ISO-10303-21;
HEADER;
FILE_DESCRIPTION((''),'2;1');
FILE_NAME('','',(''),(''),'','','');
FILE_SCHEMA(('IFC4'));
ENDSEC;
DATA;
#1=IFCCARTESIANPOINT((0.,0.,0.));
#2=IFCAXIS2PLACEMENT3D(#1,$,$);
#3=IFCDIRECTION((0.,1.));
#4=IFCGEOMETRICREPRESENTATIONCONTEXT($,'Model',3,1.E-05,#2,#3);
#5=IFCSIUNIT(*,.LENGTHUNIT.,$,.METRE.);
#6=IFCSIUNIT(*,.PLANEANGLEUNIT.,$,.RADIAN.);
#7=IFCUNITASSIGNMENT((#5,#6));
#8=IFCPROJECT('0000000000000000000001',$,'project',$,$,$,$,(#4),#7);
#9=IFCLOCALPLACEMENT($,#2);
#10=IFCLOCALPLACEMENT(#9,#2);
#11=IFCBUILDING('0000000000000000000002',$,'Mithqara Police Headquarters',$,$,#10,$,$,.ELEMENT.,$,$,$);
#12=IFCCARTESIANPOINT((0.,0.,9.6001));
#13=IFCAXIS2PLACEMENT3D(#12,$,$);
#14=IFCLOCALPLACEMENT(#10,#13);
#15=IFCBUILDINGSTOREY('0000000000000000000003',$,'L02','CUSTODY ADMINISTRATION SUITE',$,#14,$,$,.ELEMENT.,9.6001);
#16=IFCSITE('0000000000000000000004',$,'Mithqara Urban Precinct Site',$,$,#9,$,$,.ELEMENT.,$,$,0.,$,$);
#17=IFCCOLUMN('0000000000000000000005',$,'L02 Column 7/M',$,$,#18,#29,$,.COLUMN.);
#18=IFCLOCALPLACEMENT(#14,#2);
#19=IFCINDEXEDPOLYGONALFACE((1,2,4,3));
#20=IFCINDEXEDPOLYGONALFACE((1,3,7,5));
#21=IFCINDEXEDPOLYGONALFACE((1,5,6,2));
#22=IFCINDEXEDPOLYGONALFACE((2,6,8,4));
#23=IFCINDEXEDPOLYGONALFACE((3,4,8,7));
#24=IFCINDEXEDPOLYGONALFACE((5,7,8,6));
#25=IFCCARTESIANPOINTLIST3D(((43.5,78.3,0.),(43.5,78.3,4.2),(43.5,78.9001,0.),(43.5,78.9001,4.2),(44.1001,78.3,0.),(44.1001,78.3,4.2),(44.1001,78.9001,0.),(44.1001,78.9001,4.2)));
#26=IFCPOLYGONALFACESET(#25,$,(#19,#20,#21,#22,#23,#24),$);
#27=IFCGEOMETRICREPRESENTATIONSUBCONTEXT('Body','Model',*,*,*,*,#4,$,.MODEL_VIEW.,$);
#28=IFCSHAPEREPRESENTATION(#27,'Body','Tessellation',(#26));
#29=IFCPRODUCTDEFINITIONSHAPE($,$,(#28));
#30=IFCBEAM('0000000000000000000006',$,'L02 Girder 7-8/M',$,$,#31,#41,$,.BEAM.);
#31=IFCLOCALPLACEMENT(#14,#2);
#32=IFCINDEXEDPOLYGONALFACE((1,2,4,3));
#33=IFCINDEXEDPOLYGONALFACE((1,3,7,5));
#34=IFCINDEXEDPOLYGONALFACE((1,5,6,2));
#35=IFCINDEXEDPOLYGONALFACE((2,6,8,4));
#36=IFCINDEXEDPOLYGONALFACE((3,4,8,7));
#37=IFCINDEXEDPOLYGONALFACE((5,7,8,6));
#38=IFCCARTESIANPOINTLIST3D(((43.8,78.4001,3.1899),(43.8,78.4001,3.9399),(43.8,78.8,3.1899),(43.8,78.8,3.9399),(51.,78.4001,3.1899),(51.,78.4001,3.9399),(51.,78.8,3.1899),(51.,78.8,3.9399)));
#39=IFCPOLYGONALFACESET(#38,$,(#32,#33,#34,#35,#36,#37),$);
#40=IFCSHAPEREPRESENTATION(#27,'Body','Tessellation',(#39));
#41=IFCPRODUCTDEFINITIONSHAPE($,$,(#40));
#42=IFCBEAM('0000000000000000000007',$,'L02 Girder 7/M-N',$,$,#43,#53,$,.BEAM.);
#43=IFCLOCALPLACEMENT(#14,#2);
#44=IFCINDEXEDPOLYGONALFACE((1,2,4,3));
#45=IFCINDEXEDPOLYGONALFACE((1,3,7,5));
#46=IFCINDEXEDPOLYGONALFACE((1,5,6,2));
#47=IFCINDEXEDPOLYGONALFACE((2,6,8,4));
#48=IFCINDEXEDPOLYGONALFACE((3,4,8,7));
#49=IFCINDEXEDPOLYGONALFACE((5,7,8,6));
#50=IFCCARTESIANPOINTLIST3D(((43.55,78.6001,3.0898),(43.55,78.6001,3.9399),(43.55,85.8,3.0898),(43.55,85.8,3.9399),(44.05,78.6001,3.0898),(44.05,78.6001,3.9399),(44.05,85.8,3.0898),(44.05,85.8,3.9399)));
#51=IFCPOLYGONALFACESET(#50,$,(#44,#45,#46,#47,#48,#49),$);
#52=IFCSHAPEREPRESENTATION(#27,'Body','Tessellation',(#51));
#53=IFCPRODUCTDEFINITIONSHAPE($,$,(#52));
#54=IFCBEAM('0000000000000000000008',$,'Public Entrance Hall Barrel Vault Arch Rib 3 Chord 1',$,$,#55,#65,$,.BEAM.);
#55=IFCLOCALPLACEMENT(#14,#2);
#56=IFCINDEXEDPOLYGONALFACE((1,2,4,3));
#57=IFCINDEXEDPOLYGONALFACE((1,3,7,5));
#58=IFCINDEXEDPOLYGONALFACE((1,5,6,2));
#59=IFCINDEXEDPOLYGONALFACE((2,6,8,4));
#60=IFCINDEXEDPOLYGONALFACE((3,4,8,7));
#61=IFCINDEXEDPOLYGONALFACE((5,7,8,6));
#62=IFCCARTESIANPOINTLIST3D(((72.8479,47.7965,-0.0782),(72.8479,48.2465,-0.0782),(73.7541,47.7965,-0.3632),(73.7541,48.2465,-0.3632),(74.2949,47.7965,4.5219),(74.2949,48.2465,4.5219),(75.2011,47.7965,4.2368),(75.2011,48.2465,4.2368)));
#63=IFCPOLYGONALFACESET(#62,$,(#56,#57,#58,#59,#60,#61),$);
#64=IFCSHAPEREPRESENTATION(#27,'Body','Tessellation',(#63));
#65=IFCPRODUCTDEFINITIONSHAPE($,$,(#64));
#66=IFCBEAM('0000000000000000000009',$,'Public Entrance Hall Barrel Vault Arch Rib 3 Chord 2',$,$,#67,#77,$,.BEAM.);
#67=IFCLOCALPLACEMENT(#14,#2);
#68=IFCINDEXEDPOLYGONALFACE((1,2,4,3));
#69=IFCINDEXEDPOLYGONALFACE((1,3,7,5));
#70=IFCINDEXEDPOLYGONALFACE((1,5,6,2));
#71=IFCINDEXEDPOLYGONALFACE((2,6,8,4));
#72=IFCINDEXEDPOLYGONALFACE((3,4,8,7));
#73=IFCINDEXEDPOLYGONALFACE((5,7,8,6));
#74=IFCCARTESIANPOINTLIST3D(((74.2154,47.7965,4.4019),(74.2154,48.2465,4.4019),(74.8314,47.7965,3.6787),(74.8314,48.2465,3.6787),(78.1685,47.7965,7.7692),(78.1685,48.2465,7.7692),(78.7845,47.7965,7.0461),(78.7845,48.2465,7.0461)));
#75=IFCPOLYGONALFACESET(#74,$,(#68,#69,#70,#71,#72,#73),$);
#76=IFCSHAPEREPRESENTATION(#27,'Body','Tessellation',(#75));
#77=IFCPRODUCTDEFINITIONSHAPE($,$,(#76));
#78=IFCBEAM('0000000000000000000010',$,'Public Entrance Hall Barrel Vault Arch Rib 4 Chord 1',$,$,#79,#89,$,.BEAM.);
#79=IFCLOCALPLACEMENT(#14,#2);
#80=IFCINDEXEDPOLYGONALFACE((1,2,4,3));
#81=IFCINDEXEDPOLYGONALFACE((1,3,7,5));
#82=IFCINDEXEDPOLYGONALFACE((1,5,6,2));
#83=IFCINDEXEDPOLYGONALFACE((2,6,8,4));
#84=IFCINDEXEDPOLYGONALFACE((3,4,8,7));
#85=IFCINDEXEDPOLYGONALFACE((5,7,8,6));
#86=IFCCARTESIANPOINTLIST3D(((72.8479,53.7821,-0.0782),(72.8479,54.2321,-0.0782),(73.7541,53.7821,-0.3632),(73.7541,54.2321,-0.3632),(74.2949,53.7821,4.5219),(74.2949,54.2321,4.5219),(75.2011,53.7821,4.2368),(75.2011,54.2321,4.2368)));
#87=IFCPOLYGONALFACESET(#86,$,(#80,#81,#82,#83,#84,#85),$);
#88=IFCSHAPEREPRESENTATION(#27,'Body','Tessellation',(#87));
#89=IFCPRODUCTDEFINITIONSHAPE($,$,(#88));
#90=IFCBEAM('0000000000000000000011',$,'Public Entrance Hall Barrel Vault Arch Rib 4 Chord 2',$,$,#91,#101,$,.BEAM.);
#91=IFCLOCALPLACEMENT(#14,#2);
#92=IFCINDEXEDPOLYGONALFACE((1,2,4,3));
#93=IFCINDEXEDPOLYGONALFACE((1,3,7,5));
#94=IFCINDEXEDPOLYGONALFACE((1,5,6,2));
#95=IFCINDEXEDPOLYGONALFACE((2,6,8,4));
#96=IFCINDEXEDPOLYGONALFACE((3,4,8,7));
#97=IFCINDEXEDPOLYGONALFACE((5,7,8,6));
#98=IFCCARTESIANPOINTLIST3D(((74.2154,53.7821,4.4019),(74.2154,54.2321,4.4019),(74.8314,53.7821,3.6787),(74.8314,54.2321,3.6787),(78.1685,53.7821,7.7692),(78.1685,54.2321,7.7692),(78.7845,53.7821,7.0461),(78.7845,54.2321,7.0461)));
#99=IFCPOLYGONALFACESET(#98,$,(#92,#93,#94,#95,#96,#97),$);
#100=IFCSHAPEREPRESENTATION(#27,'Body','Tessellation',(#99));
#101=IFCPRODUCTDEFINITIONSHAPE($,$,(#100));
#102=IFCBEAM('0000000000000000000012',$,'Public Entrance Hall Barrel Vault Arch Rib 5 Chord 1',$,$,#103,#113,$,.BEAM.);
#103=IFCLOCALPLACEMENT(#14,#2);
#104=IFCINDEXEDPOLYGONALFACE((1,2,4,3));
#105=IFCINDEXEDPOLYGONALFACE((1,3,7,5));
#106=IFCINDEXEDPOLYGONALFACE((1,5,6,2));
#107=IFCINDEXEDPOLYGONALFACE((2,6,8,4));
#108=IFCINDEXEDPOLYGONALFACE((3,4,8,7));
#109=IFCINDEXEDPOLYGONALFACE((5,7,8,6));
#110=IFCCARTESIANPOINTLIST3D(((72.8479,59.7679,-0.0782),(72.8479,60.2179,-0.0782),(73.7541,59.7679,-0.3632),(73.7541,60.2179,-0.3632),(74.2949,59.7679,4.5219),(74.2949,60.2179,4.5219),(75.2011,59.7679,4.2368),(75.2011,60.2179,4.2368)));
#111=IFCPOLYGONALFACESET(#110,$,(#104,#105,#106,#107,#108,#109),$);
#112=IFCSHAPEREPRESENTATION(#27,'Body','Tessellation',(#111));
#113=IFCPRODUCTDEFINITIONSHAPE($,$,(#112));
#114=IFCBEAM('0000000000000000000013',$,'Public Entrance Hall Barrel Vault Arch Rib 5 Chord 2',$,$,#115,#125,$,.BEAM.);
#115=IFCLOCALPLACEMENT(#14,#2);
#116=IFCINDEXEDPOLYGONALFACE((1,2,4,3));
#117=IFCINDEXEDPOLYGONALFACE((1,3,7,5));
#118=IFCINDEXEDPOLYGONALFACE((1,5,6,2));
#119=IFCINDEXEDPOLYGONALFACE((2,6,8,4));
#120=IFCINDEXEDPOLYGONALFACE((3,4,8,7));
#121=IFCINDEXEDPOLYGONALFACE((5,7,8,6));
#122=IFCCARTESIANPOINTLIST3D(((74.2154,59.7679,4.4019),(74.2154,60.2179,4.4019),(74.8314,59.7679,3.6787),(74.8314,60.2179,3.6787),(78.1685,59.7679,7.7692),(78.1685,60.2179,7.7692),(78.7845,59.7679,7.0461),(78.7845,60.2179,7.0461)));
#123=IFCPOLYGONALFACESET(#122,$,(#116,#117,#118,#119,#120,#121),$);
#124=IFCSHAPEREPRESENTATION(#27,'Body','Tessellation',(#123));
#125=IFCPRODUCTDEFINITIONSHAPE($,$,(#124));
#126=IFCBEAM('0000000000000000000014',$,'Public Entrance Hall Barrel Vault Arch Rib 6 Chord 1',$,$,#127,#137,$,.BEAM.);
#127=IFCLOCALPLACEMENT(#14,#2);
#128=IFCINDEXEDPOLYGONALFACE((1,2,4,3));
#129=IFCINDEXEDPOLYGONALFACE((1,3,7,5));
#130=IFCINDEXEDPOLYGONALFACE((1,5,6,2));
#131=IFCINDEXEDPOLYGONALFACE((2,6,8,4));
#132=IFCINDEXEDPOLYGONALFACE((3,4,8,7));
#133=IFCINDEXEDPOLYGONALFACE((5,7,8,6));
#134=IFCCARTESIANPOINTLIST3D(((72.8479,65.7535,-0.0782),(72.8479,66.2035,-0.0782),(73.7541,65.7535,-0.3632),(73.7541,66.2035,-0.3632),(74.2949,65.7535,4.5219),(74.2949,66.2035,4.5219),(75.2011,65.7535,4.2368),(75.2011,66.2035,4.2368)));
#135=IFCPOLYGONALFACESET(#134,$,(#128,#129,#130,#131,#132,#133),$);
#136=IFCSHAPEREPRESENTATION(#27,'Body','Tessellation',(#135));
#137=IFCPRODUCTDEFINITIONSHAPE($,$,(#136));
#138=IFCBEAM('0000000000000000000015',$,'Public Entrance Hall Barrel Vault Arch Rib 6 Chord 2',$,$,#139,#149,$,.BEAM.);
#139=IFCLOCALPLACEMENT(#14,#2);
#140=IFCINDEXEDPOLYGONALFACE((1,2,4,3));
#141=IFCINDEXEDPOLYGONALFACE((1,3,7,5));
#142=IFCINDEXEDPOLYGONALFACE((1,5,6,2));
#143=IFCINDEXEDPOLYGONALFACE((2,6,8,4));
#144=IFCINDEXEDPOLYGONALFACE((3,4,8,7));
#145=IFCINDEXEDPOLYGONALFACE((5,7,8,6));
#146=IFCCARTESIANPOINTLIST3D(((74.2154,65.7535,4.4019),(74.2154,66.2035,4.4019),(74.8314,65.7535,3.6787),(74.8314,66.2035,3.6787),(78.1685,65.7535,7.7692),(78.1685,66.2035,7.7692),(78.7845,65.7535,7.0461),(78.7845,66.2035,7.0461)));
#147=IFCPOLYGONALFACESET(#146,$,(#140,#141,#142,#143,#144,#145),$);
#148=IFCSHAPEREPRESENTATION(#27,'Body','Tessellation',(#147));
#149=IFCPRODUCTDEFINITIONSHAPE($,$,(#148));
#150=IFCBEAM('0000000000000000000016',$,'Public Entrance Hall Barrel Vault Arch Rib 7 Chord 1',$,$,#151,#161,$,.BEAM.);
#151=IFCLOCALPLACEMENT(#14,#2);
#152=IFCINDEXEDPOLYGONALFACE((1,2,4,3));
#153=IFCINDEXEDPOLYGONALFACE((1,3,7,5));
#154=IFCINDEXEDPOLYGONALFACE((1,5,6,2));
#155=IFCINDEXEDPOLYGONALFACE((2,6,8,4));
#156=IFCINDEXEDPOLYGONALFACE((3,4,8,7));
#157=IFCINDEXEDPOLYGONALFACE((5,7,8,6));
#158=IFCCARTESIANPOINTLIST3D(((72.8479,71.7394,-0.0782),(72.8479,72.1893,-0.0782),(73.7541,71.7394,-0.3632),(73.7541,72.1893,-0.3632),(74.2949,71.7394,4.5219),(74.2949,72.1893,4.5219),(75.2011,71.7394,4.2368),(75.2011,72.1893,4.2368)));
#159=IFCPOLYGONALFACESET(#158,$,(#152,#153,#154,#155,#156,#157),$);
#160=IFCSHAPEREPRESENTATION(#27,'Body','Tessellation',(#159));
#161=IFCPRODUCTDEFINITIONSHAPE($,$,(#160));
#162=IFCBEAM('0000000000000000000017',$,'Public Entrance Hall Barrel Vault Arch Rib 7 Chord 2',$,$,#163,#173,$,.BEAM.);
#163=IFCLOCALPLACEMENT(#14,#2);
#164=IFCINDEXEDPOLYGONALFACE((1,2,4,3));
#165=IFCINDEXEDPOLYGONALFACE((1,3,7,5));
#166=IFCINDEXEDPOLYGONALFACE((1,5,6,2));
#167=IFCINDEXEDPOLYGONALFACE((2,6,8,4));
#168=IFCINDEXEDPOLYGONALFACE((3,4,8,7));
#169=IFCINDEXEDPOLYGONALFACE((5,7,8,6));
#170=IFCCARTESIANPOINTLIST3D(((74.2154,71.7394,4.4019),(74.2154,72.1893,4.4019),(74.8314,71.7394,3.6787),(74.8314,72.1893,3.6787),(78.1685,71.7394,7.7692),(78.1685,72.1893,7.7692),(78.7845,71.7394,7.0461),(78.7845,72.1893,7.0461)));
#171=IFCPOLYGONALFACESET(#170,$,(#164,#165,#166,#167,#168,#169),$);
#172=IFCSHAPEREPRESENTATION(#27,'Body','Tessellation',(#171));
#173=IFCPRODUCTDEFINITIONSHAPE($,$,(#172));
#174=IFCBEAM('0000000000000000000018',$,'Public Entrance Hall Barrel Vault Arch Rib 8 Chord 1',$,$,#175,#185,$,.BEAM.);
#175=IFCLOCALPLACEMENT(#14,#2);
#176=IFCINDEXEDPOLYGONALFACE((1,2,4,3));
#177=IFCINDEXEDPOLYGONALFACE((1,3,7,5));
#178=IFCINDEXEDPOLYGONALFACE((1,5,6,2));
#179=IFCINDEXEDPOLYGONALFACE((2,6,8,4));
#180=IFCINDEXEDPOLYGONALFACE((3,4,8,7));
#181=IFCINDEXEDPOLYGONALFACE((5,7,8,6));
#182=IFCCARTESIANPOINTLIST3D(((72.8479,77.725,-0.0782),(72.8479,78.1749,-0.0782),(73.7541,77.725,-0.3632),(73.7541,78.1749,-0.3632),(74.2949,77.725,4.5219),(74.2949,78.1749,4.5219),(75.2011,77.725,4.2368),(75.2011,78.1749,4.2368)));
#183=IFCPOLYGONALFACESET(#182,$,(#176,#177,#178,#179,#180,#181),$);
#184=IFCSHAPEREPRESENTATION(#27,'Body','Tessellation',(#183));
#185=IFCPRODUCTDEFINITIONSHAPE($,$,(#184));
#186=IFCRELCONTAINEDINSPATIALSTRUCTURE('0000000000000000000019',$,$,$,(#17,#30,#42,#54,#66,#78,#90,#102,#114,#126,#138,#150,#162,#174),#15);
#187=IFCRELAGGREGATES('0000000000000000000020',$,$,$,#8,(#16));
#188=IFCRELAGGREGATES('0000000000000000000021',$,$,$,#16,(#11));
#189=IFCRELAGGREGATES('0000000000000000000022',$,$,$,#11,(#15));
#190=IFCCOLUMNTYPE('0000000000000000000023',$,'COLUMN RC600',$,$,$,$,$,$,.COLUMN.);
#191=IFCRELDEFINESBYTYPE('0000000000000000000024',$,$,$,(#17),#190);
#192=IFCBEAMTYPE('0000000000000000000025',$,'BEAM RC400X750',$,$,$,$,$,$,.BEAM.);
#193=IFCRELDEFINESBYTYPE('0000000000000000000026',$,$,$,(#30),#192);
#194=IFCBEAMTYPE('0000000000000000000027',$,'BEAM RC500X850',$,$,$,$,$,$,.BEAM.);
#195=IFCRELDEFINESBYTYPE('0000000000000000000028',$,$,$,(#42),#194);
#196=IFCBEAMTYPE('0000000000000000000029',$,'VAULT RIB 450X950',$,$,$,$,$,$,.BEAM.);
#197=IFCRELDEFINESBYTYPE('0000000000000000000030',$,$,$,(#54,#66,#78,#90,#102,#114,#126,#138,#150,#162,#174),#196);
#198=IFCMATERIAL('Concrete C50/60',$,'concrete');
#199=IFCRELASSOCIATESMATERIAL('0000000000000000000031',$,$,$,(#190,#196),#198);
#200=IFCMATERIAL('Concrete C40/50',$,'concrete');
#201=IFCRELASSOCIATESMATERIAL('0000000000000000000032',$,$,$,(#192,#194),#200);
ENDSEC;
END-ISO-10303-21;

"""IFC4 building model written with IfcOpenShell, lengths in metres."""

from ifc_helpers import new_model, si_unit, direction, frame, origin, origin_2d, place, context, subcontext, project, spatial, rectangle, extrude, material, material_profile, profile_set, type_object, element, save


model = new_model("IFC4")

# Units and contexts
model_context = context("Model", 3, precision=1e-05, world=origin(), true_north=direction((0.0, 1.0)))
body_context = subcontext(model_context, "Body", "Model", "MODEL_VIEW")
ifc_project = project(units=[si_unit("LENGTHUNIT", "METRE"), si_unit("PLANEANGLEUNIT", "RADIAN")], contexts=[model_context])

# Site, building, storey
site_placement = place(None, origin())
site = spatial("IfcSite", under=ifc_project, at=site_placement, Name="Mithqara Urban Precinct Site", CompositionType="ELEMENT", RefElevation=0.0)
building_placement = place(site_placement, origin())
building = spatial("IfcBuilding", under=site, at=building_placement, Name="Mithqara Police Headquarters", CompositionType="ELEMENT")
storey_placement = place(building_placement, frame((0.0, 0.0, 9.6001)))
storey = spatial("IfcBuildingStorey", under=building, at=storey_placement, Name="L02", Description="CUSTODY ADMINISTRATION SUITE", CompositionType="ELEMENT", Elevation=9.6001)

# Column
ifc_material_1 = material(Name="Concrete C50/60", Category="concrete")
ifc_material_profile_1 = material_profile(ifc_material_1, rectangle(XDim=0.6001, YDim=0.6001, at=origin_2d()), Name="RC 600x600")
ifc_profile_set_1 = profile_set([ifc_material_profile_1], Name="Concrete C50/60")
column_type = type_object("IfcColumnType", Name="COLUMN RC600", PredefinedType="COLUMN", material=ifc_profile_set_1)
column_placement = place(storey_placement, frame((43.8, 78.6001, 0.0), z_axis=(0.0, 0.0, 1.0), x_axis=(1.0, 0.0, 0.0)))
element("IfcColumn", 1, at=column_placement, inside=storey, type_object=column_type, Name="L02 Column 7/M", PredefinedType="COLUMN", context=body_context, shape_type="SweptSolid", body=[
    extrude(rectangle(XDim=0.6001, YDim=0.6001, at=origin_2d()), origin(), (0.0, 0.0, 1.0), 4.2),
])

# Beams
ifc_material_2 = material(Name="Concrete C40/50", Category="concrete")
ifc_material_profile_2 = material_profile(ifc_material_2, rectangle(XDim=0.3999, YDim=0.75, at=origin_2d()), Name="RC 400x750")
ifc_profile_set_2 = profile_set([ifc_material_profile_2], Name="Concrete C40/50")
beam_type_1 = type_object("IfcBeamType", Name="BEAM RC400X750", PredefinedType="BEAM", material=ifc_profile_set_2)
beam_1_placement = place(storey_placement, frame((43.8, 78.6001, 3.5649), z_axis=(1.0, 0.0, 0.0), x_axis=(0.0, 1.0, 0.0)))
element("IfcBeam", 2, at=beam_1_placement, inside=storey, type_object=beam_type_1, Name="L02 Girder 7-8/M", PredefinedType="BEAM", context=body_context, shape_type="SweptSolid", body=[
    extrude(rectangle(XDim=0.3999, YDim=0.75, at=origin_2d()), origin(), (0.0, 0.0, 1.0), 7.2),
])
ifc_material_profile_3 = material_profile(ifc_material_2, rectangle(XDim=0.5, YDim=0.8501, at=origin_2d()), Name="RC 500x850")
ifc_profile_set_3 = profile_set([ifc_material_profile_3], Name="Concrete C40/50")
beam_type_2 = type_object("IfcBeamType", Name="BEAM RC500X850", PredefinedType="BEAM", material=ifc_profile_set_3)
beam_2_placement = place(storey_placement, frame((43.8, 78.6001, 3.5149), z_axis=(0.0, 1.0, 0.0), x_axis=(-1.0, 0.0, 0.0)))
element("IfcBeam", 3, at=beam_2_placement, inside=storey, type_object=beam_type_2, Name="L02 Girder 7/M-N", PredefinedType="BEAM", context=body_context, shape_type="SweptSolid", body=[
    extrude(rectangle(XDim=0.5, YDim=0.8501, at=origin_2d()), origin(), (0.0, 0.0, 1.0), 7.2),
])
ifc_material_profile_4 = material_profile(ifc_material_1, rectangle(XDim=0.45, YDim=0.95, at=origin_2d()), Name="RIB 450x950")
ifc_profile_set_4 = profile_set([ifc_material_profile_4], Name="Concrete C50/60")
beam_type_3 = type_object("IfcBeamType", Name="VAULT RIB 450X950", PredefinedType="BEAM", material=ifc_profile_set_4)
beam_3_placement = place(storey_placement, frame((73.301, 48.0215, -0.2207), z_axis=(0.300067, 0.0, 0.953918), x_axis=(0.0, 1.0, 0.0)))
element("IfcBeam", 4, at=beam_3_placement, inside=storey, type_object=beam_type_3, Name="Public Entrance Hall Barrel Vault Arch Rib 3 Chord 1", PredefinedType="BEAM", context=body_context, shape_type="SweptSolid", body=[
    extrude(rectangle(XDim=0.45, YDim=0.95, at=origin_2d()), origin(), (0.0, 0.0, 1.0), 4.8223),
])
beam_4_placement = place(storey_placement, frame((74.5234, 48.0215, 4.0403), z_axis=(0.761248, 0.0, 0.648461), x_axis=(0.0, 1.0, 0.0)))
element("IfcBeam", 5, at=beam_4_placement, inside=storey, type_object=beam_type_3, Name="Public Entrance Hall Barrel Vault Arch Rib 3 Chord 2", PredefinedType="BEAM", context=body_context, shape_type="SweptSolid", body=[
    extrude(rectangle(XDim=0.45, YDim=0.95, at=origin_2d()), origin(), (0.0, 0.0, 1.0), 5.1929),
])
beam_5_placement = place(storey_placement, frame((73.301, 54.0071, -0.2207), z_axis=(0.300067, 0.0, 0.953918), x_axis=(0.0, 1.0, 0.0)))
element("IfcBeam", 6, at=beam_5_placement, inside=storey, type_object=beam_type_3, Name="Public Entrance Hall Barrel Vault Arch Rib 4 Chord 1", PredefinedType="BEAM", context=body_context, shape_type="SweptSolid", body=[
    extrude(rectangle(XDim=0.45, YDim=0.95, at=origin_2d()), origin(), (0.0, 0.0, 1.0), 4.8223),
])
beam_6_placement = place(storey_placement, frame((74.5234, 54.0071, 4.0403), z_axis=(0.761248, 0.0, 0.648461), x_axis=(0.0, 1.0, 0.0)))
element("IfcBeam", 7, at=beam_6_placement, inside=storey, type_object=beam_type_3, Name="Public Entrance Hall Barrel Vault Arch Rib 4 Chord 2", PredefinedType="BEAM", context=body_context, shape_type="SweptSolid", body=[
    extrude(rectangle(XDim=0.45, YDim=0.95, at=origin_2d()), origin(), (0.0, 0.0, 1.0), 5.1929),
])
beam_7_placement = place(storey_placement, frame((73.301, 59.9929, -0.2207), z_axis=(0.300067, 0.0, 0.953918), x_axis=(0.0, 1.0, 0.0)))
element("IfcBeam", 8, at=beam_7_placement, inside=storey, type_object=beam_type_3, Name="Public Entrance Hall Barrel Vault Arch Rib 5 Chord 1", PredefinedType="BEAM", context=body_context, shape_type="SweptSolid", body=[
    extrude(rectangle(XDim=0.45, YDim=0.95, at=origin_2d()), origin(), (0.0, 0.0, 1.0), 4.8223),
])
beam_8_placement = place(storey_placement, frame((74.5234, 59.9929, 4.0403), z_axis=(0.761248, 0.0, 0.648461), x_axis=(0.0, 1.0, 0.0)))
element("IfcBeam", 9, at=beam_8_placement, inside=storey, type_object=beam_type_3, Name="Public Entrance Hall Barrel Vault Arch Rib 5 Chord 2", PredefinedType="BEAM", context=body_context, shape_type="SweptSolid", body=[
    extrude(rectangle(XDim=0.45, YDim=0.95, at=origin_2d()), origin(), (0.0, 0.0, 1.0), 5.1929),
])
beam_9_placement = place(storey_placement, frame((73.301, 65.9785, -0.2207), z_axis=(0.300067, 0.0, 0.953918), x_axis=(0.0, 1.0, 0.0)))
element("IfcBeam", 10, at=beam_9_placement, inside=storey, type_object=beam_type_3, Name="Public Entrance Hall Barrel Vault Arch Rib 6 Chord 1", PredefinedType="BEAM", context=body_context, shape_type="SweptSolid", body=[
    extrude(rectangle(XDim=0.45, YDim=0.95, at=origin_2d()), origin(), (0.0, 0.0, 1.0), 4.8223),
])
beam_10_placement = place(storey_placement, frame((74.5234, 65.9785, 4.0403), z_axis=(0.761248, 0.0, 0.648461), x_axis=(0.0, 1.0, 0.0)))
element("IfcBeam", 11, at=beam_10_placement, inside=storey, type_object=beam_type_3, Name="Public Entrance Hall Barrel Vault Arch Rib 6 Chord 2", PredefinedType="BEAM", context=body_context, shape_type="SweptSolid", body=[
    extrude(rectangle(XDim=0.45, YDim=0.95, at=origin_2d()), origin(), (0.0, 0.0, 1.0), 5.1929),
])
beam_11_placement = place(storey_placement, frame((73.301, 71.9644, -0.2207), z_axis=(0.300067, 0.0, 0.953918), x_axis=(0.0, 1.0, 0.0)))
element("IfcBeam", 12, at=beam_11_placement, inside=storey, type_object=beam_type_3, Name="Public Entrance Hall Barrel Vault Arch Rib 7 Chord 1", PredefinedType="BEAM", context=body_context, shape_type="SweptSolid", body=[
    extrude(rectangle(XDim=0.45, YDim=0.95, at=origin_2d()), origin(), (0.0, 0.0, 1.0), 4.8223),
])
beam_12_placement = place(storey_placement, frame((74.5234, 71.9644, 4.0403), z_axis=(0.761248, 0.0, 0.648461), x_axis=(0.0, 1.0, 0.0)))
element("IfcBeam", 13, at=beam_12_placement, inside=storey, type_object=beam_type_3, Name="Public Entrance Hall Barrel Vault Arch Rib 7 Chord 2", PredefinedType="BEAM", context=body_context, shape_type="SweptSolid", body=[
    extrude(rectangle(XDim=0.45, YDim=0.95, at=origin_2d()), origin(), (0.0, 0.0, 1.0), 5.1929),
])
beam_13_placement = place(storey_placement, frame((73.301, 77.95, -0.2207), z_axis=(0.300067, 0.0, 0.953918), x_axis=(0.0, 1.0, 0.0)))
element("IfcBeam", 14, at=beam_13_placement, inside=storey, type_object=beam_type_3, Name="Public Entrance Hall Barrel Vault Arch Rib 8 Chord 1", PredefinedType="BEAM", context=body_context, shape_type="SweptSolid", body=[
    extrude(rectangle(XDim=0.45, YDim=0.95, at=origin_2d()), origin(), (0.0, 0.0, 1.0), 4.8223),
])

save(model, "model.ifc")
